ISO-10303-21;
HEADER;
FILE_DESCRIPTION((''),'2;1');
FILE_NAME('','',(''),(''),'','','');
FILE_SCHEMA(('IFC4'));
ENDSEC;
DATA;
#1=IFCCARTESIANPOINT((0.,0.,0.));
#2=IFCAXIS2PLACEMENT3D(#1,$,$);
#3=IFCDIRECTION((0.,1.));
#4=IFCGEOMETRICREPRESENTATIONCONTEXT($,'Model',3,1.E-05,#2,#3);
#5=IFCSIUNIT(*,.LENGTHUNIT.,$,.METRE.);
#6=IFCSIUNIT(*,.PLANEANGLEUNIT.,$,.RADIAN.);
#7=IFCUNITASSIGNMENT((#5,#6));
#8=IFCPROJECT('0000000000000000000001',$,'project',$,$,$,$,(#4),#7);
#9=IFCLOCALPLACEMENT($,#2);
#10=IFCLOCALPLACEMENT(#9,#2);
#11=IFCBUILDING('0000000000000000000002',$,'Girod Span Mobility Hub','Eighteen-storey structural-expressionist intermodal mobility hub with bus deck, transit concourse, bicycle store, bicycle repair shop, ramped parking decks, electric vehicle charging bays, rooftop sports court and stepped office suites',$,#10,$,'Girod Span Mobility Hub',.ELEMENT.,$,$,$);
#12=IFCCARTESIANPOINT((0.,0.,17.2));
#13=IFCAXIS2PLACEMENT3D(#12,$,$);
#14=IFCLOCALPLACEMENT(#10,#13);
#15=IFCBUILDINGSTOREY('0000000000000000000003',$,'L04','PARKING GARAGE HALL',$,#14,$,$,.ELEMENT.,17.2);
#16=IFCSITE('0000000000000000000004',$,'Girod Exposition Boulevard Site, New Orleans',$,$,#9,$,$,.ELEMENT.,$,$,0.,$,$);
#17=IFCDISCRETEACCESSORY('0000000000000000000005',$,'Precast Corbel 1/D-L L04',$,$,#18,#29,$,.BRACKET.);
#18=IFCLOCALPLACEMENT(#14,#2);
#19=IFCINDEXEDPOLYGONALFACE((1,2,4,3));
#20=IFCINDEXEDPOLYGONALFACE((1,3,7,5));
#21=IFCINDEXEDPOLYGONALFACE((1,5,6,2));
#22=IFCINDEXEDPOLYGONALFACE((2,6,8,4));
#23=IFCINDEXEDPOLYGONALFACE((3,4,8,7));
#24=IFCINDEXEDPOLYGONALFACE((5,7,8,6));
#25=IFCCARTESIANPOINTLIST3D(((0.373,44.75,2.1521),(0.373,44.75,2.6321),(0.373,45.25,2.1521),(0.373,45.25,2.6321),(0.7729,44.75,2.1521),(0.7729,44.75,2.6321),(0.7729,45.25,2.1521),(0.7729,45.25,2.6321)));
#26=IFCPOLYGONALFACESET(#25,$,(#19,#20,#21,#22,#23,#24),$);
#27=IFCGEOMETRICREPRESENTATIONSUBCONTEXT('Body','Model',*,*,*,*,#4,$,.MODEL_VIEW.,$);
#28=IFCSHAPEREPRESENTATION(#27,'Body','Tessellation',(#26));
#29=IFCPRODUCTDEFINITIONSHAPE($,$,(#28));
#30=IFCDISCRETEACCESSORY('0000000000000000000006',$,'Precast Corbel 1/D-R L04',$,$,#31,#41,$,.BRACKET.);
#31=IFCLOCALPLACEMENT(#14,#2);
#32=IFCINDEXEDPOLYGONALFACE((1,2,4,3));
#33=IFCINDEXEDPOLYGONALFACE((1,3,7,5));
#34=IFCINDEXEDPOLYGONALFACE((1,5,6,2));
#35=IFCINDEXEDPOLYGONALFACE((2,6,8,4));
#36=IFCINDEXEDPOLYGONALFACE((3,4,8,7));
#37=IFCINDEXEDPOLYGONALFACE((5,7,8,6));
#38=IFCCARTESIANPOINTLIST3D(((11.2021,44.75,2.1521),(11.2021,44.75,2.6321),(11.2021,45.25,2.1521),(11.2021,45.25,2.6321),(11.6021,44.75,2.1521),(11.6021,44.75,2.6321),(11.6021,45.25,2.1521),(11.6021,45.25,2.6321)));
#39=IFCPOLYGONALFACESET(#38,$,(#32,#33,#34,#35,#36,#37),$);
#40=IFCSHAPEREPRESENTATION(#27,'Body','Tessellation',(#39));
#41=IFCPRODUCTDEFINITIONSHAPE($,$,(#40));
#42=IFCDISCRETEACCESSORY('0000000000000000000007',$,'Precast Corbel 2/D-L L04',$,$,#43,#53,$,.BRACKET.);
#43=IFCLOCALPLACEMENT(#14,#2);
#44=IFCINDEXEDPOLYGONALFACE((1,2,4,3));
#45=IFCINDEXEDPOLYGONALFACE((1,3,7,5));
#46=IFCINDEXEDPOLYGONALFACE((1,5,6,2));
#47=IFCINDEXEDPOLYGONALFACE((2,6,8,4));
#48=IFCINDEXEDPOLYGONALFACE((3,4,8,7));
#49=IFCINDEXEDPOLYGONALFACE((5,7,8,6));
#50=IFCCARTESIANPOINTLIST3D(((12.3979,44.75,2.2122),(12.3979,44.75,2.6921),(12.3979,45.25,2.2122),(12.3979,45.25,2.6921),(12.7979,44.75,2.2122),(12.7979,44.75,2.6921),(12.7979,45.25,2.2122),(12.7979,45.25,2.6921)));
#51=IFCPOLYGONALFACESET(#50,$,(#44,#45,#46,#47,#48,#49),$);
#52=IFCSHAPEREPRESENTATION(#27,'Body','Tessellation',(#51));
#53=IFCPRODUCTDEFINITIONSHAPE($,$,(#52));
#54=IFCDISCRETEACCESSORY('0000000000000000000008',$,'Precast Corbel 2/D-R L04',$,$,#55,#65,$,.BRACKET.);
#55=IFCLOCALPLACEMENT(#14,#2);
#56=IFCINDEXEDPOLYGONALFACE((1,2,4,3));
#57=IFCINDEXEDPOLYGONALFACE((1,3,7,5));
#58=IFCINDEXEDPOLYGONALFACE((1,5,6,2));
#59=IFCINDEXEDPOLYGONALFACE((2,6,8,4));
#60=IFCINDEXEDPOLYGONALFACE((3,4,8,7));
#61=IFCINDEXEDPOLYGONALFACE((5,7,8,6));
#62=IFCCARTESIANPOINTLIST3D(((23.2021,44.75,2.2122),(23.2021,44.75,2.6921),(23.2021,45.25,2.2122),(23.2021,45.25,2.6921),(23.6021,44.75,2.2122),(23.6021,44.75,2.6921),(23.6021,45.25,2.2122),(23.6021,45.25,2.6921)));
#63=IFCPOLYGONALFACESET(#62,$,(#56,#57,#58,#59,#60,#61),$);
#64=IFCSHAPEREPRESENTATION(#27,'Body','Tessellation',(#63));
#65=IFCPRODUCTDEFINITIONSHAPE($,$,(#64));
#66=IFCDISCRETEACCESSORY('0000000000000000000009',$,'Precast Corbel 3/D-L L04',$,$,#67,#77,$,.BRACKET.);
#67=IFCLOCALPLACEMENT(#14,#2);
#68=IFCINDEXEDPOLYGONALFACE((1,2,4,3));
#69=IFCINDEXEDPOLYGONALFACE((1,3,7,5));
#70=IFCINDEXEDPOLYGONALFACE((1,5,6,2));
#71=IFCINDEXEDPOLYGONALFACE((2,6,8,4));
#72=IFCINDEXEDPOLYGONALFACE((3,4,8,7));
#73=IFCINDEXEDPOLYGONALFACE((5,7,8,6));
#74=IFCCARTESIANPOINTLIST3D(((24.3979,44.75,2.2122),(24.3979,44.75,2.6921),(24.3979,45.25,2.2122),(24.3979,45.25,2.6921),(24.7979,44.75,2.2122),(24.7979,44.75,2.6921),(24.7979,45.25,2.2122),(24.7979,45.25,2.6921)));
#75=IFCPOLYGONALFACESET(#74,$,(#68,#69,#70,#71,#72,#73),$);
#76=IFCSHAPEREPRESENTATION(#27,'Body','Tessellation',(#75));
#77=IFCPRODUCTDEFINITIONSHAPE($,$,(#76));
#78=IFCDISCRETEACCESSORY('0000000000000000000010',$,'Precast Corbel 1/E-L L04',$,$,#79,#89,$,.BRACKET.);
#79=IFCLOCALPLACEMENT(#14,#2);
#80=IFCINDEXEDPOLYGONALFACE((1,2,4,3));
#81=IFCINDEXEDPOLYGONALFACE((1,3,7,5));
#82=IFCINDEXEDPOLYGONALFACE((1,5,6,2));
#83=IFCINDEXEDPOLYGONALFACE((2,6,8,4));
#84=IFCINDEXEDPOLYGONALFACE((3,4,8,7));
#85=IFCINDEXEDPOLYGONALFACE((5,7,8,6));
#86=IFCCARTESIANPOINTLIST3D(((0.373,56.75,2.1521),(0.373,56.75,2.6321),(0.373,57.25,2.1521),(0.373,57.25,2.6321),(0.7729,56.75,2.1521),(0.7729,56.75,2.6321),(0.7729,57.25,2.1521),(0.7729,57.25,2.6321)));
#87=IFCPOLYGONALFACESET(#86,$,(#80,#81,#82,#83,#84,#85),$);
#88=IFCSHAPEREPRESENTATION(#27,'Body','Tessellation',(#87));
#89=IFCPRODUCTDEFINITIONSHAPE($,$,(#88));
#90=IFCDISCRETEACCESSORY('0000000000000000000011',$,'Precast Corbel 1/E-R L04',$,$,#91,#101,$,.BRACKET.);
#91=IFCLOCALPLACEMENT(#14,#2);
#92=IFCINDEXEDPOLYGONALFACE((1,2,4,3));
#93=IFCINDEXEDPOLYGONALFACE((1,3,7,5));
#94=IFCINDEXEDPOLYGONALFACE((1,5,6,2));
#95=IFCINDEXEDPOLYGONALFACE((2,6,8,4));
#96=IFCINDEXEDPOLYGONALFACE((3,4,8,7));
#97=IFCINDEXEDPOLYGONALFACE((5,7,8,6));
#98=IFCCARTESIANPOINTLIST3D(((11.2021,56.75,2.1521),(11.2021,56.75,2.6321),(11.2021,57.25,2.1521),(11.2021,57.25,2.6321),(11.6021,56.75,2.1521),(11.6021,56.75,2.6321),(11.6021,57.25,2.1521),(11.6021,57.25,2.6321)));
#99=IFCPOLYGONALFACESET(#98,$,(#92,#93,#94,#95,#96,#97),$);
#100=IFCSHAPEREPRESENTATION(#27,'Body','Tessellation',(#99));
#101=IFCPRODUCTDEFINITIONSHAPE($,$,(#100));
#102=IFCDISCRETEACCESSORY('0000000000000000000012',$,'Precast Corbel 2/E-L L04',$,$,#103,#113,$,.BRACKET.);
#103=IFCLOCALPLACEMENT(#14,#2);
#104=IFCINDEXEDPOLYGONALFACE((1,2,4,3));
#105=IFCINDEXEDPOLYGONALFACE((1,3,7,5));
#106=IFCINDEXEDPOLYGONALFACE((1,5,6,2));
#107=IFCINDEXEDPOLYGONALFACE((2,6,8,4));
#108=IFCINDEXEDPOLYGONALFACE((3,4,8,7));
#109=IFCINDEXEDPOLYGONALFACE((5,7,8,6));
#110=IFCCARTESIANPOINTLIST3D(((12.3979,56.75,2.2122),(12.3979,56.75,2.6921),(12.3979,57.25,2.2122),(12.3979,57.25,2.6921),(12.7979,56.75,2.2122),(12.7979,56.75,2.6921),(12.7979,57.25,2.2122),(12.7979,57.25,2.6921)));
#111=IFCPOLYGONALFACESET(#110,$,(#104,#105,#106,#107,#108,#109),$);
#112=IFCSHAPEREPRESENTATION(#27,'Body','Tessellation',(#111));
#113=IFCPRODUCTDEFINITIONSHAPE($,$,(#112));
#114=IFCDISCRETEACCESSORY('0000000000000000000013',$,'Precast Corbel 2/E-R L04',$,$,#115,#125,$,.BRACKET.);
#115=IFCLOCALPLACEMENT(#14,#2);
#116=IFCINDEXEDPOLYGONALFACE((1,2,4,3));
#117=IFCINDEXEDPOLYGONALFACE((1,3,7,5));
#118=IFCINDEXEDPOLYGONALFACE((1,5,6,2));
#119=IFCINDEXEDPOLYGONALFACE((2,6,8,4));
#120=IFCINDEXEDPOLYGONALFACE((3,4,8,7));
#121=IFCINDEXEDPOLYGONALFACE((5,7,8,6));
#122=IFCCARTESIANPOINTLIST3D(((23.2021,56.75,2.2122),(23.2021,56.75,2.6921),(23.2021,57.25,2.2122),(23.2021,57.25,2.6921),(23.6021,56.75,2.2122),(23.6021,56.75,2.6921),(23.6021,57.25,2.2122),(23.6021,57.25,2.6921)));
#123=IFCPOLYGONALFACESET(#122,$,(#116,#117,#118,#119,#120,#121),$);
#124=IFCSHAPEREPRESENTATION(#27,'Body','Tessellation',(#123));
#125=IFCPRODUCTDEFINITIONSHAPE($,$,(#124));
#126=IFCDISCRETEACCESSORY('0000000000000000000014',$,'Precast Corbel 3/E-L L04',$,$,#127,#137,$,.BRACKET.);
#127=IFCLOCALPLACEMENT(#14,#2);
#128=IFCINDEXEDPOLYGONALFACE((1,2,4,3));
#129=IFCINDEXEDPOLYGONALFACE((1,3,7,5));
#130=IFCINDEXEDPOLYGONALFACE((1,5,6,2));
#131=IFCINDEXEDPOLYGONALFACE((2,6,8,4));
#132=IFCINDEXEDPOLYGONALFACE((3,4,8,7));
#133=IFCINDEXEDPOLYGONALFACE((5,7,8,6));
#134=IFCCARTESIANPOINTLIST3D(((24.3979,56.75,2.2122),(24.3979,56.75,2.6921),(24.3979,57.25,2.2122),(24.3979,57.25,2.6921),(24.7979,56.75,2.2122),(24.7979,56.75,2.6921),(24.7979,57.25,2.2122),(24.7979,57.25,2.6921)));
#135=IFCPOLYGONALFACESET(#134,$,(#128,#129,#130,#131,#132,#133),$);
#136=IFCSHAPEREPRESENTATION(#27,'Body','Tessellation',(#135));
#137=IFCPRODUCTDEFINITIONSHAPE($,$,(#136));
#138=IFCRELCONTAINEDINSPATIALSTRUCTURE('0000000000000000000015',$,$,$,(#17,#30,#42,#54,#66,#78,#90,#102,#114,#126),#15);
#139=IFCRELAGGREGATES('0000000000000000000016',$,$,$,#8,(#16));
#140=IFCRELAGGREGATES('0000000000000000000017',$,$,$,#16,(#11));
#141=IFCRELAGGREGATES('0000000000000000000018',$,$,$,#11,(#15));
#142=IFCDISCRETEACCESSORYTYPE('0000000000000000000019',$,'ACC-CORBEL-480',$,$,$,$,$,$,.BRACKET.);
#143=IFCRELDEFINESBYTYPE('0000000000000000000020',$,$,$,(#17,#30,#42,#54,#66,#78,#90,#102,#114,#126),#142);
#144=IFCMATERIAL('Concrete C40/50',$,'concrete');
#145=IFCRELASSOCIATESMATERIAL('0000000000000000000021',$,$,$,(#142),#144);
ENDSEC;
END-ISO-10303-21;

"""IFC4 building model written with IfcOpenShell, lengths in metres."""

from ifc_helpers import new_model, si_unit, direction, frame, origin, origin_2d, place, context, subcontext, project, spatial, rectangle, extrude, material, type_object, element, save


model = new_model("IFC4")

# Units and contexts
model_context = context("Model", 3, precision=1e-05, world=origin(), true_north=direction((0.0, 1.0)))
body_context = subcontext(model_context, "Body", "Model", "MODEL_VIEW")
ifc_project = project(units=[si_unit("LENGTHUNIT", "METRE"), si_unit("PLANEANGLEUNIT", "RADIAN")], contexts=[model_context])

# Site, building, storey
site_placement = place(None, origin())
site = spatial("IfcSite", under=ifc_project, at=site_placement, Name="Girod Exposition Boulevard Site, New Orleans", CompositionType="ELEMENT", RefElevation=0.0)
building_placement = place(site_placement, origin())
building = spatial("IfcBuilding", under=site, at=building_placement, Name="Girod Span Mobility Hub", Description="Eighteen-storey structural-expressionist intermodal mobility hub with bus deck, transit concourse, bicycle store, bicycle repair shop, ramped parking decks, electric vehicle charging bays, rooftop sports court and stepped office suites", LongName="Girod Span Mobility Hub", CompositionType="ELEMENT")
storey_placement = place(building_placement, frame((0.0, 0.0, 17.2)))
storey = spatial("IfcBuildingStorey", under=building, at=storey_placement, Name="L04", Description="PARKING GARAGE HALL", CompositionType="ELEMENT", Elevation=17.2)

# Discrete accessories
ifc_material_1 = material(Name="Concrete C40/50", Category="concrete")
discrete_accessory_type = type_object("IfcDiscreteAccessoryType", Name="ACC-CORBEL-480", PredefinedType="BRACKET", material=ifc_material_1)
for number, where, z_axis, x_axis, name in (
    (1, (0.573, 45.0, 2.1521), (0.0, 0.0, 1.0), (1.0, 0.0, 0.0), "Precast Corbel 1/D-L L04"),
    (2, (11.4021, 45.0, 2.1521), (0.0, 0.0, 1.0), (1.0, 0.0, 0.0), "Precast Corbel 1/D-R L04"),
    (3, (12.5979, 45.0, 2.2122), (0.0, 0.0, 1.0), (1.0, 0.0, 0.0), "Precast Corbel 2/D-L L04"),
    (4, (23.4021, 45.0, 2.2122), (0.0, 0.0, 1.0), (1.0, 0.0, 0.0), "Precast Corbel 2/D-R L04"),
    (5, (24.5979, 45.0, 2.2122), (0.0, 0.0, 1.0), (1.0, 0.0, 0.0), "Precast Corbel 3/D-L L04"),
    (6, (0.573, 57.0, 2.1521), (0.0, 0.0, 1.0), (1.0, 0.0, 0.0), "Precast Corbel 1/E-L L04"),
    (7, (11.4021, 57.0, 2.1521), (0.0, 0.0, 1.0), (1.0, 0.0, 0.0), "Precast Corbel 1/E-R L04"),
    (8, (12.5979, 57.0, 2.2122), (0.0, 0.0, 1.0), (1.0, 0.0, 0.0), "Precast Corbel 2/E-L L04"),
    (9, (23.4021, 57.0, 2.2122), (0.0, 0.0, 1.0), (1.0, 0.0, 0.0), "Precast Corbel 2/E-R L04"),
    (10, (24.5979, 57.0, 2.2122), (0.0, 0.0, 1.0), (1.0, 0.0, 0.0), "Precast Corbel 3/E-L L04"),
):
    element("IfcDiscreteAccessory", number, at=place(storey_placement, frame(where, z_axis=z_axis, x_axis=x_axis)), inside=storey, type_object=discrete_accessory_type, Name=name, PredefinedType="BRACKET", context=body_context, shape_type="SweptSolid", body=[
        extrude(rectangle(XDim=0.3999, YDim=0.5, at=origin_2d()), origin(), (0.0, 0.0, 1.0), 0.48),
    ])

save(model, "model.ifc")
